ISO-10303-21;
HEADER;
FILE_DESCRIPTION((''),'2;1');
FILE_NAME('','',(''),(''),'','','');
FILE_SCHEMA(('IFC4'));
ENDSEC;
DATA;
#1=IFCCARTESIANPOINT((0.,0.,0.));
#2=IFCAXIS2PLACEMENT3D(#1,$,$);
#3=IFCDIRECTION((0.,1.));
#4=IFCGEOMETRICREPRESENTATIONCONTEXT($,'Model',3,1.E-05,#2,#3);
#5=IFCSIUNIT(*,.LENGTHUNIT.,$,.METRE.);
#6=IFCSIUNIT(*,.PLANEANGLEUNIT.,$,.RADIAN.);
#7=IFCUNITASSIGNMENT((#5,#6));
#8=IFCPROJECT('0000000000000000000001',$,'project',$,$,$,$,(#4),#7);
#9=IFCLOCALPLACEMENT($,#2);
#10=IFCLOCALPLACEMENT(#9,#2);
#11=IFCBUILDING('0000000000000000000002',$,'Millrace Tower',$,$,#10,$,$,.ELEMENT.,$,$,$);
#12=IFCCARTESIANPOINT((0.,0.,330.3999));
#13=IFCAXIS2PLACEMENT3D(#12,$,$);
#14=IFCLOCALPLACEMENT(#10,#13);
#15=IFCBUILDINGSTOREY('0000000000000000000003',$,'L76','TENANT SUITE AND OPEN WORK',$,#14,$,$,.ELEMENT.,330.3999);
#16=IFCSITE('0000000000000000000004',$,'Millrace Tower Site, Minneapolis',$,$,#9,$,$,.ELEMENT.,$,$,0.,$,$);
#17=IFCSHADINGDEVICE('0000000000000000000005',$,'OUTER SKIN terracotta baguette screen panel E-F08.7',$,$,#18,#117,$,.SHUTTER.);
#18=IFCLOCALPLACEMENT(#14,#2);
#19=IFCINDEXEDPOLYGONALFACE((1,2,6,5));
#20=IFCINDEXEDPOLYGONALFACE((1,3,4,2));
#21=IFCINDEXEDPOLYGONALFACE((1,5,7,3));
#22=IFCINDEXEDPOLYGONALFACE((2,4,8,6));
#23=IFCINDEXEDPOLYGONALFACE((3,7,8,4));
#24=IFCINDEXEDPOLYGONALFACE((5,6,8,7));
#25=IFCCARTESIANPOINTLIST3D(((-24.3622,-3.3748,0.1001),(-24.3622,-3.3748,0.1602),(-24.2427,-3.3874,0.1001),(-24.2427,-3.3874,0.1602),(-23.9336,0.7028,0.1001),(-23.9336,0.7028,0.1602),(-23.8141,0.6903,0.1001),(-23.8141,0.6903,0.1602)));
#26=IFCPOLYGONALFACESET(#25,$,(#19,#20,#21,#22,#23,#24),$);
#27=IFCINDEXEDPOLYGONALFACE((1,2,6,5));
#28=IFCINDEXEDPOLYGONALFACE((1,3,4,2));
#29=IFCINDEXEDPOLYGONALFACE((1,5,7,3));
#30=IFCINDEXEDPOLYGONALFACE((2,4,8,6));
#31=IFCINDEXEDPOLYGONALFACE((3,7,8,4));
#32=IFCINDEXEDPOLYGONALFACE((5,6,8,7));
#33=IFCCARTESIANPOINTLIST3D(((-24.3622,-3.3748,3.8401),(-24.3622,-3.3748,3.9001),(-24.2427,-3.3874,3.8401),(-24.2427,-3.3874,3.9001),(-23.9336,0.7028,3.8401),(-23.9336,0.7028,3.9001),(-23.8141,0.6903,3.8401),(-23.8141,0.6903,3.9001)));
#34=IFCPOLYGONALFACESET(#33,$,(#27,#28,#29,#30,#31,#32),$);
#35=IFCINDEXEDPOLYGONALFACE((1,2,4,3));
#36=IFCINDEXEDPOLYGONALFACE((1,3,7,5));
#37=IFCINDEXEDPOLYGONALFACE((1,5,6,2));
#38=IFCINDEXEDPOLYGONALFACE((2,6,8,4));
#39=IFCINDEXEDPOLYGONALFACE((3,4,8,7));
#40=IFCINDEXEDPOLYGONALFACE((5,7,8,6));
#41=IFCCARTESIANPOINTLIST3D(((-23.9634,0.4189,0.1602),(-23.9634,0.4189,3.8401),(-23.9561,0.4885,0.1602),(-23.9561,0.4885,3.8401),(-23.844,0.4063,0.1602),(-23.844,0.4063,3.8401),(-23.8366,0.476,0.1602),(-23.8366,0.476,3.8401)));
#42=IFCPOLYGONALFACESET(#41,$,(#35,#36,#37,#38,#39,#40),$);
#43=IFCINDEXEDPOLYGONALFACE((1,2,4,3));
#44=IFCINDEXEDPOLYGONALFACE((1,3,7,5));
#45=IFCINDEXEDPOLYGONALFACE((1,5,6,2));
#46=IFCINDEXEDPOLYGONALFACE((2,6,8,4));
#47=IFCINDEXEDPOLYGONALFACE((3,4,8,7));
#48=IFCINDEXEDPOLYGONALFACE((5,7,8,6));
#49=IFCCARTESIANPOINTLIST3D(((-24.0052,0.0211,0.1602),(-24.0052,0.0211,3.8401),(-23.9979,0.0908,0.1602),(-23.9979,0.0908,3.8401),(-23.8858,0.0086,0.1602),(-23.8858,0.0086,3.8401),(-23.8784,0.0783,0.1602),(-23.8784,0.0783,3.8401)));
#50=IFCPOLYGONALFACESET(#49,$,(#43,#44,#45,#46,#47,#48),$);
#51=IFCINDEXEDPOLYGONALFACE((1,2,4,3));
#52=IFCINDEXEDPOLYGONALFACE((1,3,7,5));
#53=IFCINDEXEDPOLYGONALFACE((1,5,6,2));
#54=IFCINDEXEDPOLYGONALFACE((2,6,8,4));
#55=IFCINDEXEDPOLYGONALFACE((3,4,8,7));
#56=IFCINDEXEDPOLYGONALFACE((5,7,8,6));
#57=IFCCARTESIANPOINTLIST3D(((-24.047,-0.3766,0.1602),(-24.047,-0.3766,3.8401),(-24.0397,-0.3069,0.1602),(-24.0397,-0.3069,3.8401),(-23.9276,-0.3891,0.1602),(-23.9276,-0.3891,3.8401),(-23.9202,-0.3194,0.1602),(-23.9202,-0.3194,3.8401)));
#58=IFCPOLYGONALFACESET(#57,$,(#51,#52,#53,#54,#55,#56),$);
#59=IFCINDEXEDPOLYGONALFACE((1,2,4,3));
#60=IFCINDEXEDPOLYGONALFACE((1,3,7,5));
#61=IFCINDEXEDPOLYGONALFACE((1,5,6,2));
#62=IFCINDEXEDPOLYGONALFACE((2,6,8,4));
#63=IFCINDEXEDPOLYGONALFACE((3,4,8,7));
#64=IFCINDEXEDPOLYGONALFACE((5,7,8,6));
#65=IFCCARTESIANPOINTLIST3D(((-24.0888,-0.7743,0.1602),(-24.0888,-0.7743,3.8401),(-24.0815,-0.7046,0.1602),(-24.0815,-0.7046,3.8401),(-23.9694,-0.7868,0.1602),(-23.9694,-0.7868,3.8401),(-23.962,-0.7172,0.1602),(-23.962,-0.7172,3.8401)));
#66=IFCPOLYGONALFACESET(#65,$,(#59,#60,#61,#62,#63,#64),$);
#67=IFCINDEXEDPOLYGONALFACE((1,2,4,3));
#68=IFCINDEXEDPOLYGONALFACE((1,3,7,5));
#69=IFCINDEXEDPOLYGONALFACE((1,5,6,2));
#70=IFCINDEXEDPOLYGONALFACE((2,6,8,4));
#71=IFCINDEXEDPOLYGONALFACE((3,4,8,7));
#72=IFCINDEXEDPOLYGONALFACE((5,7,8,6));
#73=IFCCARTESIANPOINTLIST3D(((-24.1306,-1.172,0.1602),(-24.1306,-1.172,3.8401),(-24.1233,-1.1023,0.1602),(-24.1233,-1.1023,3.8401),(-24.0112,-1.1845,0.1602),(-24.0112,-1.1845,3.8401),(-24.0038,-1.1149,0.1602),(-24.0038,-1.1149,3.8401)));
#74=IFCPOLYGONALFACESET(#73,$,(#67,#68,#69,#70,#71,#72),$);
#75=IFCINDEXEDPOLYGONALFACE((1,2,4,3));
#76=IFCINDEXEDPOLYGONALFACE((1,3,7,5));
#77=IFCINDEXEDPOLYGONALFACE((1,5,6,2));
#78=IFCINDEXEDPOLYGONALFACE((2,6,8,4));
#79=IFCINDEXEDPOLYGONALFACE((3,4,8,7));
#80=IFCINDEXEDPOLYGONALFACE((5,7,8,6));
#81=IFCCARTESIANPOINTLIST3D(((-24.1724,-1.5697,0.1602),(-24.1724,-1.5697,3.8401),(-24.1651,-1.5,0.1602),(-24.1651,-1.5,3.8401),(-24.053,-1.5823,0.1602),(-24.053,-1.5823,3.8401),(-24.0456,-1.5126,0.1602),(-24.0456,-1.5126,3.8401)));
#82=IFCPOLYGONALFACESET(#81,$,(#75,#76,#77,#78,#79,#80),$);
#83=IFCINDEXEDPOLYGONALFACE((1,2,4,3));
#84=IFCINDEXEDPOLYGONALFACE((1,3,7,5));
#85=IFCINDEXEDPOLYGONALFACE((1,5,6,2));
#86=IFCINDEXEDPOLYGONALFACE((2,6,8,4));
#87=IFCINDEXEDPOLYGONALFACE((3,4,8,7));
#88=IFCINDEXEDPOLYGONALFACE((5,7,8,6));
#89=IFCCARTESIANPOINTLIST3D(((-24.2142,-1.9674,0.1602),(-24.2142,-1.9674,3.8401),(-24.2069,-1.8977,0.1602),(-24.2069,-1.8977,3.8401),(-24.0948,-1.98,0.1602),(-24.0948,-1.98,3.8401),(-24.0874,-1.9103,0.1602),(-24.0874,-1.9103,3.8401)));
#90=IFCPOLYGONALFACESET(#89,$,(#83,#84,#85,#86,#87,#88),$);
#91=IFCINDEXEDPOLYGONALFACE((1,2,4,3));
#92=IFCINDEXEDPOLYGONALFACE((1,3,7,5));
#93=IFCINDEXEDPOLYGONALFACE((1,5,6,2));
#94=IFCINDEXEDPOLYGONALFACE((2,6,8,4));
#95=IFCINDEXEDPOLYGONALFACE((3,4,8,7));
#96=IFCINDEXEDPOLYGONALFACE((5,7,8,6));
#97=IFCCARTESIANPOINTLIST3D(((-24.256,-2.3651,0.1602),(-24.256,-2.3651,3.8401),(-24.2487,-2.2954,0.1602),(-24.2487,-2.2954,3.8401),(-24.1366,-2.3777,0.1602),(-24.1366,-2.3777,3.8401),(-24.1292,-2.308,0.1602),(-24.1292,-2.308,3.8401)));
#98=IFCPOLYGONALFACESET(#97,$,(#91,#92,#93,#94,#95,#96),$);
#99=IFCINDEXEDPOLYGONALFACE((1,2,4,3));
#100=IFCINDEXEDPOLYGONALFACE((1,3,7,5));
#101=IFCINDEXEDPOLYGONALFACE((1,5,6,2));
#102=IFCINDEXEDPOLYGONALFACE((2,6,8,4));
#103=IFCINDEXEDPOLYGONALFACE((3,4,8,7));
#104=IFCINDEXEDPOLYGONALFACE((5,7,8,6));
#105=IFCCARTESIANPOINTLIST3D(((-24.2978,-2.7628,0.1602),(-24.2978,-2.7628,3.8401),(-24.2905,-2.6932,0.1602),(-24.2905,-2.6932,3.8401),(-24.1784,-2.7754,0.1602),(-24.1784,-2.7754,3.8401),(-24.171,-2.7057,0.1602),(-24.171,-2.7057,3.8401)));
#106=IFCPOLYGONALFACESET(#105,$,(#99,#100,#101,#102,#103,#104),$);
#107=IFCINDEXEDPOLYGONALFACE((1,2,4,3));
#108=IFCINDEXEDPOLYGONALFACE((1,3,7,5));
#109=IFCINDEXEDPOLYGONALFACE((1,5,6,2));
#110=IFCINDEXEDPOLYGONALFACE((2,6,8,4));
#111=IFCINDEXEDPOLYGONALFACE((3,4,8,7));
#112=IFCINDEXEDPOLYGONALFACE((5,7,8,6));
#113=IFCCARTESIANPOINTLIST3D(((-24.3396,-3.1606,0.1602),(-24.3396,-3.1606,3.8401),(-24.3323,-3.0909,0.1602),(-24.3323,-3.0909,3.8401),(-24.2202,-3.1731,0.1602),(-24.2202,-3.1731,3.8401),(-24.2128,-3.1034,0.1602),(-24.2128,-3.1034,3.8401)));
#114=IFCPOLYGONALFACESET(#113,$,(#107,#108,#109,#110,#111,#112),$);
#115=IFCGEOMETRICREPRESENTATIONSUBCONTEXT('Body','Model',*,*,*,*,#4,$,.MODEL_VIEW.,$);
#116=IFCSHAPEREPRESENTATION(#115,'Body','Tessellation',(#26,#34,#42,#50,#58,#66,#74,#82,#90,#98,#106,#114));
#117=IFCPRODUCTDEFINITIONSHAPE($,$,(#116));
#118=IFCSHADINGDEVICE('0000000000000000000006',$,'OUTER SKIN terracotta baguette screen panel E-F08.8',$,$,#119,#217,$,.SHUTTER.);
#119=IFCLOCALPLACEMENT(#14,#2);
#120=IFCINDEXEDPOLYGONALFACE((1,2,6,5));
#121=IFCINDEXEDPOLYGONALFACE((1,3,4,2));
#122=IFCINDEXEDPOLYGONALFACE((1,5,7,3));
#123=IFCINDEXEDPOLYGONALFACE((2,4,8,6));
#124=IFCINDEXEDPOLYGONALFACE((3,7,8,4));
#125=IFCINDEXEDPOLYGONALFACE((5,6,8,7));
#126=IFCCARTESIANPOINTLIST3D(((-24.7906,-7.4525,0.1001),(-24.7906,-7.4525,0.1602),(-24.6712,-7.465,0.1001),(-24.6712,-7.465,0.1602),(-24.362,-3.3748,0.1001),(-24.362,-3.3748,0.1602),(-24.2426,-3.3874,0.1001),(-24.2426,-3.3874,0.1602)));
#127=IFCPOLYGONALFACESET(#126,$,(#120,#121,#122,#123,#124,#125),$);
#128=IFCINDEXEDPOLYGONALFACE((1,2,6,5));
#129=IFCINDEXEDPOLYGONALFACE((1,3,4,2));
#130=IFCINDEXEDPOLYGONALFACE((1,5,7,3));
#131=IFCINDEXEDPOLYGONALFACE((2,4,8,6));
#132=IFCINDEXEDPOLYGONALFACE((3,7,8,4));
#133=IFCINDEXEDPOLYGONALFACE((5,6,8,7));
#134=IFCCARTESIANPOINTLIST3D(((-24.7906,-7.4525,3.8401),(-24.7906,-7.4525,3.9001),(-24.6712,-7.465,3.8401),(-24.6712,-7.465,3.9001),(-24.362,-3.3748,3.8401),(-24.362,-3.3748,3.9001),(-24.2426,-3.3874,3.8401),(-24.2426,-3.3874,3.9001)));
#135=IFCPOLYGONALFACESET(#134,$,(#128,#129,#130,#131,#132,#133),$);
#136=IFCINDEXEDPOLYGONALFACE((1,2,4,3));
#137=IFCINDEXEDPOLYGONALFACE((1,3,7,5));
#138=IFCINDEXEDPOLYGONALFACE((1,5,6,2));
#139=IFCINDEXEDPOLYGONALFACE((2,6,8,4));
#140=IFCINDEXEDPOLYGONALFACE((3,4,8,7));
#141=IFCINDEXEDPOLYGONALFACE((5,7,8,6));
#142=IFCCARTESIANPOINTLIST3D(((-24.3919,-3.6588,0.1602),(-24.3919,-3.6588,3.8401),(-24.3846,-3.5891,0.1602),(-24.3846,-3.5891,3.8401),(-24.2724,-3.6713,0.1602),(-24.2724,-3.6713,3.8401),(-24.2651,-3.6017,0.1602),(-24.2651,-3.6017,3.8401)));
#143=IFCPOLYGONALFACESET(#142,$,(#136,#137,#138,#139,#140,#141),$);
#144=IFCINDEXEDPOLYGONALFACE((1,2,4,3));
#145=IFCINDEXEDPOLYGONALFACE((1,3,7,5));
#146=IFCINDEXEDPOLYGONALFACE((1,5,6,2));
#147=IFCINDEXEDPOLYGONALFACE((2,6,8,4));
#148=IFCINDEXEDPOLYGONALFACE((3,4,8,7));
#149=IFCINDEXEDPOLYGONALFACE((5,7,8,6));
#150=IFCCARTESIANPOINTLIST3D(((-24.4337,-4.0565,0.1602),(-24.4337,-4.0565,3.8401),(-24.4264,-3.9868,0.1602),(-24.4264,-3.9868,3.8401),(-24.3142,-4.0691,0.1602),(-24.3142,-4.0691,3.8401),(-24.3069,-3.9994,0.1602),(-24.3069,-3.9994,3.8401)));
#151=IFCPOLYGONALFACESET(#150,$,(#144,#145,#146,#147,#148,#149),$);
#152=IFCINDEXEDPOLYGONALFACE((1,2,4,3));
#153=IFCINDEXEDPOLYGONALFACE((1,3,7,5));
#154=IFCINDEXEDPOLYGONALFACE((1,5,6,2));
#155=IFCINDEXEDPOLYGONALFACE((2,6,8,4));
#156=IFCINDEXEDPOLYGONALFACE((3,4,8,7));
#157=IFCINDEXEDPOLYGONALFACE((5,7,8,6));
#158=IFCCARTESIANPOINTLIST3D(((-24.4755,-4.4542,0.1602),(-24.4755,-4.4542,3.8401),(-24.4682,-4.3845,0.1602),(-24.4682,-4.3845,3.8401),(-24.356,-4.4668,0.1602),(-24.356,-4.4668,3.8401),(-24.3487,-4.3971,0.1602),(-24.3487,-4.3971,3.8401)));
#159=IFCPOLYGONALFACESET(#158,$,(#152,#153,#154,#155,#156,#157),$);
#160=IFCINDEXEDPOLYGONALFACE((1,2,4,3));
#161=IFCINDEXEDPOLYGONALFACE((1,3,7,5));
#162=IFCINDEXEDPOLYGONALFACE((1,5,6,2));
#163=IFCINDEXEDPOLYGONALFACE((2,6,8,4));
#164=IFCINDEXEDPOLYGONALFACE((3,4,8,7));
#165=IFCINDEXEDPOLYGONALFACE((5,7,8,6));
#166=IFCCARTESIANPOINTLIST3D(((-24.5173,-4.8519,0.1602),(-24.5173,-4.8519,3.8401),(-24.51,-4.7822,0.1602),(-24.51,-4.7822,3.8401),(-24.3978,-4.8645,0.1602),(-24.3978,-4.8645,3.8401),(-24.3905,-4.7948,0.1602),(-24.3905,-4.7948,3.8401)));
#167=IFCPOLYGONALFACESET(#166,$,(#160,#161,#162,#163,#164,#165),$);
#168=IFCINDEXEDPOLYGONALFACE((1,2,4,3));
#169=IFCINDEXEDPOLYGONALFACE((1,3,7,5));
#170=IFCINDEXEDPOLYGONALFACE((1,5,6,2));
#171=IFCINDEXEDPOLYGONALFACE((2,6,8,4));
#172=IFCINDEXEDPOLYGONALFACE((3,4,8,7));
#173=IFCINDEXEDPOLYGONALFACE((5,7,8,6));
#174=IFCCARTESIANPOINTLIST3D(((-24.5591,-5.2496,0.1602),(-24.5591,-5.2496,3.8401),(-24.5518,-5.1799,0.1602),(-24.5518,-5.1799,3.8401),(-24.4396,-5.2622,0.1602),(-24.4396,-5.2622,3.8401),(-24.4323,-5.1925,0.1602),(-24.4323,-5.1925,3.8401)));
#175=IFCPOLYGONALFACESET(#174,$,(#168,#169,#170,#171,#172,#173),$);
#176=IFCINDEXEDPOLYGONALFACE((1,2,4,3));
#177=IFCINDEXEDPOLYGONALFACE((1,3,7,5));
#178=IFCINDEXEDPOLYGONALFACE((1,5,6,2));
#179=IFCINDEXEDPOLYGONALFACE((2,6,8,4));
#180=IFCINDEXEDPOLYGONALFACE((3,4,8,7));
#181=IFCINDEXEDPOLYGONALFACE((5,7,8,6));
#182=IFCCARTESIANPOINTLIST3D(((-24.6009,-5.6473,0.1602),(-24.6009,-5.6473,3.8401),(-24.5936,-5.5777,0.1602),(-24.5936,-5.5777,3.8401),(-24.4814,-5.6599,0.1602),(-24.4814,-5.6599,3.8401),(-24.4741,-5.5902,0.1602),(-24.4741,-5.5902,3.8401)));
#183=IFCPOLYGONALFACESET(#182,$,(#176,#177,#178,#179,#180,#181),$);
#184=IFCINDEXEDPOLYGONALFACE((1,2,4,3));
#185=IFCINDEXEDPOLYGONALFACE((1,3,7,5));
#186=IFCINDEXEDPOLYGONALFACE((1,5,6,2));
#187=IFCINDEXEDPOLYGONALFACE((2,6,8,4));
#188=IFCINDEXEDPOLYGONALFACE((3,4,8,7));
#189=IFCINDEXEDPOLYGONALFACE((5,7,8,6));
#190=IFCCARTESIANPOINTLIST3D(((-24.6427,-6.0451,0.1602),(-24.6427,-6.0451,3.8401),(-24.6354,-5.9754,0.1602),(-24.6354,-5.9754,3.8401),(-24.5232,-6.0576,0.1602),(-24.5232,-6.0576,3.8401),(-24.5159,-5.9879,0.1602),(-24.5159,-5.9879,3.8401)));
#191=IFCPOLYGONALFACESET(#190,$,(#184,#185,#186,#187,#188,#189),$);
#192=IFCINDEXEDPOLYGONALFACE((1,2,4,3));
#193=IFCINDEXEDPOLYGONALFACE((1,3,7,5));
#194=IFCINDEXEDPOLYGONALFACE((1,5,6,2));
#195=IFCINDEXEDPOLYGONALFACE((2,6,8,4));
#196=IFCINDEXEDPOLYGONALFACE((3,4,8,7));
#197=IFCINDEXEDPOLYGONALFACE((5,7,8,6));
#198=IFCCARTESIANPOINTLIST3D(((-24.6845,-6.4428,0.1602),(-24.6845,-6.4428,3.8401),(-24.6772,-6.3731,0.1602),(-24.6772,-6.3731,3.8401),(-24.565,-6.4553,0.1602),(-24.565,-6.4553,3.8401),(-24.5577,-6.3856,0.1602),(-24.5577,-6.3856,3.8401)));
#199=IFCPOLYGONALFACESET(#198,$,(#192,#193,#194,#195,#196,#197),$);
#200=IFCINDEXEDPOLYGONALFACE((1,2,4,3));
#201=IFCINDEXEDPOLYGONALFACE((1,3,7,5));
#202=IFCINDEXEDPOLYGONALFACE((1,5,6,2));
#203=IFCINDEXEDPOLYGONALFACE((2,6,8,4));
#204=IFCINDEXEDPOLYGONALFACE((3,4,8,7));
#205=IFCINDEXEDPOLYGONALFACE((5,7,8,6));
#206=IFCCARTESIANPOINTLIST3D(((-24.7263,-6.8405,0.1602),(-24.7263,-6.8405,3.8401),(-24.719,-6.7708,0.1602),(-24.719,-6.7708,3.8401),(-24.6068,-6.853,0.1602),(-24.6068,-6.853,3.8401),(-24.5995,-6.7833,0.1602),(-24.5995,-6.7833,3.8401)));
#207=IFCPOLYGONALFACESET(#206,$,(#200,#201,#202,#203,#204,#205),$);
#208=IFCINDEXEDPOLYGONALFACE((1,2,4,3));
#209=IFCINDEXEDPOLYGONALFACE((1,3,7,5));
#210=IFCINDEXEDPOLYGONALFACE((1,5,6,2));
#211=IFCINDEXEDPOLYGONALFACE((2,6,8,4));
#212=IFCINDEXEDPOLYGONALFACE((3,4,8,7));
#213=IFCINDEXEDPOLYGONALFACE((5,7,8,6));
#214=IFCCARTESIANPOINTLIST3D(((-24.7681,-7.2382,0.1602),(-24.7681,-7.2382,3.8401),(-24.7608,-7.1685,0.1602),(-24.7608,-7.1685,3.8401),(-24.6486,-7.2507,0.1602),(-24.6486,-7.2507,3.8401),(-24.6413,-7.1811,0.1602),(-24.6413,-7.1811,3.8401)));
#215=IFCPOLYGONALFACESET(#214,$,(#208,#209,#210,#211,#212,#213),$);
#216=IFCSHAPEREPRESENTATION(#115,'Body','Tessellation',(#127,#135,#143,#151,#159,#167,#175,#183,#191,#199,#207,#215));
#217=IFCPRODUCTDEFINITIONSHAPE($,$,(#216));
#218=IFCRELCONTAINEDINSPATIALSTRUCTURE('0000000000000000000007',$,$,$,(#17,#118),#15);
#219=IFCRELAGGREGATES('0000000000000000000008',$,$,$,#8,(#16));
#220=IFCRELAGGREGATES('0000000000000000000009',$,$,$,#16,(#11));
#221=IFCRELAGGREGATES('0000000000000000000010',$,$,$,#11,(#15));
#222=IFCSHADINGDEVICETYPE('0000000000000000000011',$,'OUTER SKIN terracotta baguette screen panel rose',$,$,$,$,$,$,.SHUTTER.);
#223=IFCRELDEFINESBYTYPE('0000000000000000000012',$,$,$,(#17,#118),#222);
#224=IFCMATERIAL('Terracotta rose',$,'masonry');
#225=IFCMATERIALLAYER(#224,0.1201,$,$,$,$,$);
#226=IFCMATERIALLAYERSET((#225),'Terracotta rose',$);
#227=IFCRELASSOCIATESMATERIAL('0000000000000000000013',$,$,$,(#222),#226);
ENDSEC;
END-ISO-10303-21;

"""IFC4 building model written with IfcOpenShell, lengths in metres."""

from ifc_helpers import new_model, entity, si_unit, direction, frame, frame_2d, origin, place, context, subcontext, project, spatial, rectangle, extrude, source, transform, mapped, material, layer, layer_set, type_object, element, save


model = new_model("IFC4")

# Units and contexts
model_context = context("Model", 3, precision=1e-05, world=origin(), true_north=direction((0.0, 1.0)))
body_context = subcontext(model_context, "Body", "Model", "MODEL_VIEW")
ifc_project = project(units=[si_unit("LENGTHUNIT", "METRE"), si_unit("PLANEANGLEUNIT", "RADIAN")], contexts=[model_context])

# Site, building, storey
site_placement = place(None, origin())
site = spatial("IfcSite", under=ifc_project, at=site_placement, Name="Millrace Tower Site, Minneapolis", CompositionType="ELEMENT", RefElevation=0.0)
building_placement = place(site_placement, origin())
building = spatial("IfcBuilding", under=site, at=building_placement, Name="Millrace Tower", CompositionType="ELEMENT")
storey_placement = place(building_placement, frame((0.0, 0.0, 330.3999)))
storey = spatial("IfcBuildingStorey", under=building, at=storey_placement, Name="L76", Description="TENANT SUITE AND OPEN WORK", CompositionType="ELEMENT", Elevation=330.3999)

# Shading devices
ifc_material_1 = material(Name="Terracotta rose", Category="masonry")
ifc_layer_1 = layer(ifc_material_1, 0.1201)
ifc_layer_set_1 = layer_set([ifc_layer_1], Name="Terracotta rose")
shading_device_type = type_object("IfcShadingDeviceType", Name="OUTER SKIN terracotta baguette screen panel rose", PredefinedType="SHUTTER", material=ifc_layer_set_1)
cartesian_point_1 = entity("IfcCartesianPoint", [-2.05, 0.0601])
shared_polyline_1 = entity("IfcPolyline", [cartesian_point_1, entity("IfcCartesianPoint", [2.05, 0.0601]), entity("IfcCartesianPoint", [2.05, -0.0601]), entity("IfcCartesianPoint", [-2.05, -0.0601]), cartesian_point_1])
shared_shape_1 = source(origin(), body_context, "Body", "SweptSolid", [
    entity("IfcExtrudedAreaSolid", entity("IfcArbitraryClosedProfileDef", "AREA", None, shared_polyline_1), entity("IfcAxis2Placement3D", entity("IfcCartesianPoint", [0.0, 0.0, 0.0])), entity("IfcDirection", [0.0, 0.0, 1.0]), 0.0601),
    entity("IfcExtrudedAreaSolid", entity("IfcArbitraryClosedProfileDef", "AREA", None, shared_polyline_1), entity("IfcAxis2Placement3D", entity("IfcCartesianPoint", [0.0, 0.0, 3.74])), entity("IfcDirection", [0.0, 0.0, 1.0]), 0.0601),
    extrude(rectangle(XDim=0.0701, YDim=0.1201, at=frame_2d((-1.7996, 0.0))), frame((0.0, 0.0, 0.0601)), (0.0, 0.0, 1.0), 3.6799),
    extrude(rectangle(XDim=0.0701, YDim=0.1201, at=frame_2d((-1.3997, 0.0))), frame((0.0, 0.0, 0.0601)), (0.0, 0.0, 1.0), 3.6799),
    extrude(rectangle(XDim=0.0701, YDim=0.1201, at=frame_2d((-0.9998, 0.0))), frame((0.0, 0.0, 0.0601)), (0.0, 0.0, 1.0), 3.6799),
    extrude(rectangle(XDim=0.0701, YDim=0.1201, at=frame_2d((-0.5999, 0.0))), frame((0.0, 0.0, 0.0601)), (0.0, 0.0, 1.0), 3.6799),
    extrude(rectangle(XDim=0.0701, YDim=0.1201, at=frame_2d((-0.2, 0.0))), frame((0.0, 0.0, 0.0601)), (0.0, 0.0, 1.0), 3.6799),
    extrude(rectangle(XDim=0.0701, YDim=0.1201, at=frame_2d((0.2, 0.0))), frame((0.0, 0.0, 0.0601)), (0.0, 0.0, 1.0), 3.6799),
    extrude(rectangle(XDim=0.0701, YDim=0.1201, at=frame_2d((0.5999, 0.0))), frame((0.0, 0.0, 0.0601)), (0.0, 0.0, 1.0), 3.6799),
    extrude(rectangle(XDim=0.0701, YDim=0.1201, at=frame_2d((0.9998, 0.0))), frame((0.0, 0.0, 0.0601)), (0.0, 0.0, 1.0), 3.6799),
    extrude(rectangle(XDim=0.0701, YDim=0.1201, at=frame_2d((1.3997, 0.0))), frame((0.0, 0.0, 0.0601)), (0.0, 0.0, 1.0), 3.6799),
    extrude(rectangle(XDim=0.0701, YDim=0.1201, at=frame_2d((1.7996, 0.0))), frame((0.0, 0.0, 0.0601)), (0.0, 0.0, 1.0), 3.6799),
])
for number, where, z_axis, x_axis, name in (
    (1, (-24.0881, -1.3423, 0.1001), (0.0, 0.0, 1.0), (-0.104528, -0.994522, 0.0), "OUTER SKIN terracotta baguette screen panel E-F08.7"),
    (2, (-24.5166, -5.4199, 0.1001), (0.0, 0.0, 1.0), (-0.104528, -0.994522, 0.0), "OUTER SKIN terracotta baguette screen panel E-F08.8"),
):
    element("IfcShadingDevice", number, at=place(storey_placement, frame(where, z_axis=z_axis, x_axis=x_axis)), inside=storey, type_object=shading_device_type, Name=name, PredefinedType="SHUTTER", context=body_context, shape_type="MappedRepresentation", body=[
        mapped(shared_shape_1, transform((0.0, 0.0, 0.0), scale=1.0)),
    ])

save(model, "model.ifc")
